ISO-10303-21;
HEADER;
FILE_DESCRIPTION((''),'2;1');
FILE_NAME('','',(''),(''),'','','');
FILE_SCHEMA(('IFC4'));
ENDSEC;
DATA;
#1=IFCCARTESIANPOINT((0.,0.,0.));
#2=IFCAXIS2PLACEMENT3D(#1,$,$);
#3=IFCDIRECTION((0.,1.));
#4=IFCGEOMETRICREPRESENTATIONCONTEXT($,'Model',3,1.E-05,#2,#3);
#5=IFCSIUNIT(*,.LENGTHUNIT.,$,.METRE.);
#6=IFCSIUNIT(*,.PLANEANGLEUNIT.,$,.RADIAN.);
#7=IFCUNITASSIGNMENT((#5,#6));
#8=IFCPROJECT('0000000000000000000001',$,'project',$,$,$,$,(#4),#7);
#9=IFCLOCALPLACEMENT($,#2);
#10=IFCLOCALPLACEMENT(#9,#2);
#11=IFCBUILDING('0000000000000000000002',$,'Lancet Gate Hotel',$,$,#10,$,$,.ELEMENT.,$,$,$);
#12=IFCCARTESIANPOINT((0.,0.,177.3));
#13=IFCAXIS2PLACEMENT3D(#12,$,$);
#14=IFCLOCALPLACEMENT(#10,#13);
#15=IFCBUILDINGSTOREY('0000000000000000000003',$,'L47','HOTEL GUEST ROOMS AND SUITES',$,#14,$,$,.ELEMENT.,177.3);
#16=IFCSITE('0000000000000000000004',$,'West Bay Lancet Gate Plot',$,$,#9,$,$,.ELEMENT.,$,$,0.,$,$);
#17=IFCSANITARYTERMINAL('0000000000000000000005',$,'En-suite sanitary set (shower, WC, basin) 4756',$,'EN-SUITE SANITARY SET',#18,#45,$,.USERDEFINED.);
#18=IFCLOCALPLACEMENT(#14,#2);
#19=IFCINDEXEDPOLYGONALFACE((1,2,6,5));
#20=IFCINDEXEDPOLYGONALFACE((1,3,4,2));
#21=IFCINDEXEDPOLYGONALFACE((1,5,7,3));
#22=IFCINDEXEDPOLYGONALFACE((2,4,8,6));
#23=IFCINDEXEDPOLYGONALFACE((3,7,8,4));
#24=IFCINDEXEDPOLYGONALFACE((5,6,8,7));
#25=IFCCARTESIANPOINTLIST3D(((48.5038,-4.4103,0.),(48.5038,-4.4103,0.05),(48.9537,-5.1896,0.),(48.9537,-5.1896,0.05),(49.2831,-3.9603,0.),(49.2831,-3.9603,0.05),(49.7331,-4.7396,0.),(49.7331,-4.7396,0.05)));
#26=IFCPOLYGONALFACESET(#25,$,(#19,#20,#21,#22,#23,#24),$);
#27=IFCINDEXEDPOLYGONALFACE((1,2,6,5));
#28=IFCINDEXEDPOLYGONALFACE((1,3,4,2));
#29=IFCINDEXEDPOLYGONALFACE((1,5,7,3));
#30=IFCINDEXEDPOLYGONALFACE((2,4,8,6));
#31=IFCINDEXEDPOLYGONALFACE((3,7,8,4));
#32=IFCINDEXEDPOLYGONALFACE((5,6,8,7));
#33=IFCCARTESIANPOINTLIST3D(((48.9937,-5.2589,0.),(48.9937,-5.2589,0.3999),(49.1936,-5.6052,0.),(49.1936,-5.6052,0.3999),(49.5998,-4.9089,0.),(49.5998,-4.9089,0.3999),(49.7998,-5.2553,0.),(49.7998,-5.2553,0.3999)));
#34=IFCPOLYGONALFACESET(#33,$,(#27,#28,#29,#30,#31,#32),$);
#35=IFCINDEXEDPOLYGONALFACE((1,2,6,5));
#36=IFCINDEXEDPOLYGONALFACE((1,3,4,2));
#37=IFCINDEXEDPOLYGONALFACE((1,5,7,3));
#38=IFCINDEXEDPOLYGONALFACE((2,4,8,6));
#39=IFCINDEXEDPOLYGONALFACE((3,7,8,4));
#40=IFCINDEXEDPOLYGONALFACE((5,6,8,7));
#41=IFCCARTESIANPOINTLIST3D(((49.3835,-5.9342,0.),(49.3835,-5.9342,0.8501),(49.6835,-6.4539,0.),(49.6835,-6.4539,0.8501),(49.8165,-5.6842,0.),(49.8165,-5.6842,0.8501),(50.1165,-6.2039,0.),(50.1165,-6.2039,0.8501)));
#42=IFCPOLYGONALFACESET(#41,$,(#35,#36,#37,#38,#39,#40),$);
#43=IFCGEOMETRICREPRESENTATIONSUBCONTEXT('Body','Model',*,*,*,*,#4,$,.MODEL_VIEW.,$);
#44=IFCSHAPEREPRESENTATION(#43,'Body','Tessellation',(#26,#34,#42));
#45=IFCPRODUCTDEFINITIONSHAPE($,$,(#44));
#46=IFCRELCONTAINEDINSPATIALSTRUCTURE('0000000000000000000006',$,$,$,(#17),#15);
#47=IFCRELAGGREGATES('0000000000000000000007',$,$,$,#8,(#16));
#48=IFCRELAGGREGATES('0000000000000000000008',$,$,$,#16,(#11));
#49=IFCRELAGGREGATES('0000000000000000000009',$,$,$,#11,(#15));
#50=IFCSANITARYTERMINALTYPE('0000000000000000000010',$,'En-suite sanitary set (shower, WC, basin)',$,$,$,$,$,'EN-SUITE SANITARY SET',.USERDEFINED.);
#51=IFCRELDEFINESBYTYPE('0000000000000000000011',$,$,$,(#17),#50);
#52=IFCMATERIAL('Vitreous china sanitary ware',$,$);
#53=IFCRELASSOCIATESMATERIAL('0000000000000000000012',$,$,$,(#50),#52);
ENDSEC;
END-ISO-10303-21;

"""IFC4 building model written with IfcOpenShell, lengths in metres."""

from ifc_helpers import new_model, si_unit, direction, frame, origin, origin_2d, place, context, subcontext, project, spatial, rectangle, extrude, material, type_object, element, save


model = new_model("IFC4")

# Units and contexts
model_context = context("Model", 3, precision=1e-05, world=origin(), true_north=direction((0.0, 1.0)))
body_context = subcontext(model_context, "Body", "Model", "MODEL_VIEW")
ifc_project = project(units=[si_unit("LENGTHUNIT", "METRE"), si_unit("PLANEANGLEUNIT", "RADIAN")], contexts=[model_context])

# Site, building, storey
site_placement = place(None, origin())
site = spatial("IfcSite", under=ifc_project, at=site_placement, Name="West Bay Lancet Gate Plot", CompositionType="ELEMENT", RefElevation=0.0)
building_placement = place(site_placement, origin())
building = spatial("IfcBuilding", under=site, at=building_placement, Name="Lancet Gate Hotel", CompositionType="ELEMENT")
storey_placement = place(building_placement, frame((0.0, 0.0, 177.3)))
storey = spatial("IfcBuildingStorey", under=building, at=storey_placement, Name="L47", Description="HOTEL GUEST ROOMS AND SUITES", CompositionType="ELEMENT", Elevation=177.3)

# Sanitary terminal
ifc_material_1 = material(Name="Vitreous china sanitary ware")
sanitary_terminal_type = type_object("IfcSanitaryTerminalType", Name="En-suite sanitary set (shower, WC, basin)", ElementType="EN-SUITE SANITARY SET", PredefinedType="USERDEFINED", material=ifc_material_1)
sanitary_terminal_1_placement = place(storey_placement, frame((49.1184, -4.575, 0.0), z_axis=(0.0, 0.0, 1.0), x_axis=(1.0, 0.0, 0.0)))
element("IfcSanitaryTerminal", 1, at=sanitary_terminal_1_placement, inside=storey, type_object=sanitary_terminal_type, Name="En-suite sanitary set (shower, WC, basin) 4756", ObjectType="EN-SUITE SANITARY SET", PredefinedType="USERDEFINED", context=body_context, shape_type="SweptSolid", body=[
    extrude(rectangle(XDim=0.8999, YDim=0.8999, at=origin_2d()), frame((0.0, 0.0, 0.0), z_axis=(0.0, 0.0, 1.0), x_axis=(-0.5, 0.866025, 0.0)), (0.0, 0.0, 1.0), 0.05),
    extrude(rectangle(XDim=0.3999, YDim=0.7, at=origin_2d()), frame((0.2783, -0.6821, 0.0), z_axis=(0.0, 0.0, 1.0), x_axis=(-0.5, 0.866025, 0.0)), (0.0, 0.0, 1.0), 0.3999),
    extrude(rectangle(XDim=0.6001, YDim=0.5, at=origin_2d()), frame((0.6316, -1.4941, 0.0), z_axis=(0.0, 0.0, 1.0), x_axis=(-0.5, 0.866025, 0.0)), (0.0, 0.0, 1.0), 0.8501),
])

save(model, "model.ifc")
